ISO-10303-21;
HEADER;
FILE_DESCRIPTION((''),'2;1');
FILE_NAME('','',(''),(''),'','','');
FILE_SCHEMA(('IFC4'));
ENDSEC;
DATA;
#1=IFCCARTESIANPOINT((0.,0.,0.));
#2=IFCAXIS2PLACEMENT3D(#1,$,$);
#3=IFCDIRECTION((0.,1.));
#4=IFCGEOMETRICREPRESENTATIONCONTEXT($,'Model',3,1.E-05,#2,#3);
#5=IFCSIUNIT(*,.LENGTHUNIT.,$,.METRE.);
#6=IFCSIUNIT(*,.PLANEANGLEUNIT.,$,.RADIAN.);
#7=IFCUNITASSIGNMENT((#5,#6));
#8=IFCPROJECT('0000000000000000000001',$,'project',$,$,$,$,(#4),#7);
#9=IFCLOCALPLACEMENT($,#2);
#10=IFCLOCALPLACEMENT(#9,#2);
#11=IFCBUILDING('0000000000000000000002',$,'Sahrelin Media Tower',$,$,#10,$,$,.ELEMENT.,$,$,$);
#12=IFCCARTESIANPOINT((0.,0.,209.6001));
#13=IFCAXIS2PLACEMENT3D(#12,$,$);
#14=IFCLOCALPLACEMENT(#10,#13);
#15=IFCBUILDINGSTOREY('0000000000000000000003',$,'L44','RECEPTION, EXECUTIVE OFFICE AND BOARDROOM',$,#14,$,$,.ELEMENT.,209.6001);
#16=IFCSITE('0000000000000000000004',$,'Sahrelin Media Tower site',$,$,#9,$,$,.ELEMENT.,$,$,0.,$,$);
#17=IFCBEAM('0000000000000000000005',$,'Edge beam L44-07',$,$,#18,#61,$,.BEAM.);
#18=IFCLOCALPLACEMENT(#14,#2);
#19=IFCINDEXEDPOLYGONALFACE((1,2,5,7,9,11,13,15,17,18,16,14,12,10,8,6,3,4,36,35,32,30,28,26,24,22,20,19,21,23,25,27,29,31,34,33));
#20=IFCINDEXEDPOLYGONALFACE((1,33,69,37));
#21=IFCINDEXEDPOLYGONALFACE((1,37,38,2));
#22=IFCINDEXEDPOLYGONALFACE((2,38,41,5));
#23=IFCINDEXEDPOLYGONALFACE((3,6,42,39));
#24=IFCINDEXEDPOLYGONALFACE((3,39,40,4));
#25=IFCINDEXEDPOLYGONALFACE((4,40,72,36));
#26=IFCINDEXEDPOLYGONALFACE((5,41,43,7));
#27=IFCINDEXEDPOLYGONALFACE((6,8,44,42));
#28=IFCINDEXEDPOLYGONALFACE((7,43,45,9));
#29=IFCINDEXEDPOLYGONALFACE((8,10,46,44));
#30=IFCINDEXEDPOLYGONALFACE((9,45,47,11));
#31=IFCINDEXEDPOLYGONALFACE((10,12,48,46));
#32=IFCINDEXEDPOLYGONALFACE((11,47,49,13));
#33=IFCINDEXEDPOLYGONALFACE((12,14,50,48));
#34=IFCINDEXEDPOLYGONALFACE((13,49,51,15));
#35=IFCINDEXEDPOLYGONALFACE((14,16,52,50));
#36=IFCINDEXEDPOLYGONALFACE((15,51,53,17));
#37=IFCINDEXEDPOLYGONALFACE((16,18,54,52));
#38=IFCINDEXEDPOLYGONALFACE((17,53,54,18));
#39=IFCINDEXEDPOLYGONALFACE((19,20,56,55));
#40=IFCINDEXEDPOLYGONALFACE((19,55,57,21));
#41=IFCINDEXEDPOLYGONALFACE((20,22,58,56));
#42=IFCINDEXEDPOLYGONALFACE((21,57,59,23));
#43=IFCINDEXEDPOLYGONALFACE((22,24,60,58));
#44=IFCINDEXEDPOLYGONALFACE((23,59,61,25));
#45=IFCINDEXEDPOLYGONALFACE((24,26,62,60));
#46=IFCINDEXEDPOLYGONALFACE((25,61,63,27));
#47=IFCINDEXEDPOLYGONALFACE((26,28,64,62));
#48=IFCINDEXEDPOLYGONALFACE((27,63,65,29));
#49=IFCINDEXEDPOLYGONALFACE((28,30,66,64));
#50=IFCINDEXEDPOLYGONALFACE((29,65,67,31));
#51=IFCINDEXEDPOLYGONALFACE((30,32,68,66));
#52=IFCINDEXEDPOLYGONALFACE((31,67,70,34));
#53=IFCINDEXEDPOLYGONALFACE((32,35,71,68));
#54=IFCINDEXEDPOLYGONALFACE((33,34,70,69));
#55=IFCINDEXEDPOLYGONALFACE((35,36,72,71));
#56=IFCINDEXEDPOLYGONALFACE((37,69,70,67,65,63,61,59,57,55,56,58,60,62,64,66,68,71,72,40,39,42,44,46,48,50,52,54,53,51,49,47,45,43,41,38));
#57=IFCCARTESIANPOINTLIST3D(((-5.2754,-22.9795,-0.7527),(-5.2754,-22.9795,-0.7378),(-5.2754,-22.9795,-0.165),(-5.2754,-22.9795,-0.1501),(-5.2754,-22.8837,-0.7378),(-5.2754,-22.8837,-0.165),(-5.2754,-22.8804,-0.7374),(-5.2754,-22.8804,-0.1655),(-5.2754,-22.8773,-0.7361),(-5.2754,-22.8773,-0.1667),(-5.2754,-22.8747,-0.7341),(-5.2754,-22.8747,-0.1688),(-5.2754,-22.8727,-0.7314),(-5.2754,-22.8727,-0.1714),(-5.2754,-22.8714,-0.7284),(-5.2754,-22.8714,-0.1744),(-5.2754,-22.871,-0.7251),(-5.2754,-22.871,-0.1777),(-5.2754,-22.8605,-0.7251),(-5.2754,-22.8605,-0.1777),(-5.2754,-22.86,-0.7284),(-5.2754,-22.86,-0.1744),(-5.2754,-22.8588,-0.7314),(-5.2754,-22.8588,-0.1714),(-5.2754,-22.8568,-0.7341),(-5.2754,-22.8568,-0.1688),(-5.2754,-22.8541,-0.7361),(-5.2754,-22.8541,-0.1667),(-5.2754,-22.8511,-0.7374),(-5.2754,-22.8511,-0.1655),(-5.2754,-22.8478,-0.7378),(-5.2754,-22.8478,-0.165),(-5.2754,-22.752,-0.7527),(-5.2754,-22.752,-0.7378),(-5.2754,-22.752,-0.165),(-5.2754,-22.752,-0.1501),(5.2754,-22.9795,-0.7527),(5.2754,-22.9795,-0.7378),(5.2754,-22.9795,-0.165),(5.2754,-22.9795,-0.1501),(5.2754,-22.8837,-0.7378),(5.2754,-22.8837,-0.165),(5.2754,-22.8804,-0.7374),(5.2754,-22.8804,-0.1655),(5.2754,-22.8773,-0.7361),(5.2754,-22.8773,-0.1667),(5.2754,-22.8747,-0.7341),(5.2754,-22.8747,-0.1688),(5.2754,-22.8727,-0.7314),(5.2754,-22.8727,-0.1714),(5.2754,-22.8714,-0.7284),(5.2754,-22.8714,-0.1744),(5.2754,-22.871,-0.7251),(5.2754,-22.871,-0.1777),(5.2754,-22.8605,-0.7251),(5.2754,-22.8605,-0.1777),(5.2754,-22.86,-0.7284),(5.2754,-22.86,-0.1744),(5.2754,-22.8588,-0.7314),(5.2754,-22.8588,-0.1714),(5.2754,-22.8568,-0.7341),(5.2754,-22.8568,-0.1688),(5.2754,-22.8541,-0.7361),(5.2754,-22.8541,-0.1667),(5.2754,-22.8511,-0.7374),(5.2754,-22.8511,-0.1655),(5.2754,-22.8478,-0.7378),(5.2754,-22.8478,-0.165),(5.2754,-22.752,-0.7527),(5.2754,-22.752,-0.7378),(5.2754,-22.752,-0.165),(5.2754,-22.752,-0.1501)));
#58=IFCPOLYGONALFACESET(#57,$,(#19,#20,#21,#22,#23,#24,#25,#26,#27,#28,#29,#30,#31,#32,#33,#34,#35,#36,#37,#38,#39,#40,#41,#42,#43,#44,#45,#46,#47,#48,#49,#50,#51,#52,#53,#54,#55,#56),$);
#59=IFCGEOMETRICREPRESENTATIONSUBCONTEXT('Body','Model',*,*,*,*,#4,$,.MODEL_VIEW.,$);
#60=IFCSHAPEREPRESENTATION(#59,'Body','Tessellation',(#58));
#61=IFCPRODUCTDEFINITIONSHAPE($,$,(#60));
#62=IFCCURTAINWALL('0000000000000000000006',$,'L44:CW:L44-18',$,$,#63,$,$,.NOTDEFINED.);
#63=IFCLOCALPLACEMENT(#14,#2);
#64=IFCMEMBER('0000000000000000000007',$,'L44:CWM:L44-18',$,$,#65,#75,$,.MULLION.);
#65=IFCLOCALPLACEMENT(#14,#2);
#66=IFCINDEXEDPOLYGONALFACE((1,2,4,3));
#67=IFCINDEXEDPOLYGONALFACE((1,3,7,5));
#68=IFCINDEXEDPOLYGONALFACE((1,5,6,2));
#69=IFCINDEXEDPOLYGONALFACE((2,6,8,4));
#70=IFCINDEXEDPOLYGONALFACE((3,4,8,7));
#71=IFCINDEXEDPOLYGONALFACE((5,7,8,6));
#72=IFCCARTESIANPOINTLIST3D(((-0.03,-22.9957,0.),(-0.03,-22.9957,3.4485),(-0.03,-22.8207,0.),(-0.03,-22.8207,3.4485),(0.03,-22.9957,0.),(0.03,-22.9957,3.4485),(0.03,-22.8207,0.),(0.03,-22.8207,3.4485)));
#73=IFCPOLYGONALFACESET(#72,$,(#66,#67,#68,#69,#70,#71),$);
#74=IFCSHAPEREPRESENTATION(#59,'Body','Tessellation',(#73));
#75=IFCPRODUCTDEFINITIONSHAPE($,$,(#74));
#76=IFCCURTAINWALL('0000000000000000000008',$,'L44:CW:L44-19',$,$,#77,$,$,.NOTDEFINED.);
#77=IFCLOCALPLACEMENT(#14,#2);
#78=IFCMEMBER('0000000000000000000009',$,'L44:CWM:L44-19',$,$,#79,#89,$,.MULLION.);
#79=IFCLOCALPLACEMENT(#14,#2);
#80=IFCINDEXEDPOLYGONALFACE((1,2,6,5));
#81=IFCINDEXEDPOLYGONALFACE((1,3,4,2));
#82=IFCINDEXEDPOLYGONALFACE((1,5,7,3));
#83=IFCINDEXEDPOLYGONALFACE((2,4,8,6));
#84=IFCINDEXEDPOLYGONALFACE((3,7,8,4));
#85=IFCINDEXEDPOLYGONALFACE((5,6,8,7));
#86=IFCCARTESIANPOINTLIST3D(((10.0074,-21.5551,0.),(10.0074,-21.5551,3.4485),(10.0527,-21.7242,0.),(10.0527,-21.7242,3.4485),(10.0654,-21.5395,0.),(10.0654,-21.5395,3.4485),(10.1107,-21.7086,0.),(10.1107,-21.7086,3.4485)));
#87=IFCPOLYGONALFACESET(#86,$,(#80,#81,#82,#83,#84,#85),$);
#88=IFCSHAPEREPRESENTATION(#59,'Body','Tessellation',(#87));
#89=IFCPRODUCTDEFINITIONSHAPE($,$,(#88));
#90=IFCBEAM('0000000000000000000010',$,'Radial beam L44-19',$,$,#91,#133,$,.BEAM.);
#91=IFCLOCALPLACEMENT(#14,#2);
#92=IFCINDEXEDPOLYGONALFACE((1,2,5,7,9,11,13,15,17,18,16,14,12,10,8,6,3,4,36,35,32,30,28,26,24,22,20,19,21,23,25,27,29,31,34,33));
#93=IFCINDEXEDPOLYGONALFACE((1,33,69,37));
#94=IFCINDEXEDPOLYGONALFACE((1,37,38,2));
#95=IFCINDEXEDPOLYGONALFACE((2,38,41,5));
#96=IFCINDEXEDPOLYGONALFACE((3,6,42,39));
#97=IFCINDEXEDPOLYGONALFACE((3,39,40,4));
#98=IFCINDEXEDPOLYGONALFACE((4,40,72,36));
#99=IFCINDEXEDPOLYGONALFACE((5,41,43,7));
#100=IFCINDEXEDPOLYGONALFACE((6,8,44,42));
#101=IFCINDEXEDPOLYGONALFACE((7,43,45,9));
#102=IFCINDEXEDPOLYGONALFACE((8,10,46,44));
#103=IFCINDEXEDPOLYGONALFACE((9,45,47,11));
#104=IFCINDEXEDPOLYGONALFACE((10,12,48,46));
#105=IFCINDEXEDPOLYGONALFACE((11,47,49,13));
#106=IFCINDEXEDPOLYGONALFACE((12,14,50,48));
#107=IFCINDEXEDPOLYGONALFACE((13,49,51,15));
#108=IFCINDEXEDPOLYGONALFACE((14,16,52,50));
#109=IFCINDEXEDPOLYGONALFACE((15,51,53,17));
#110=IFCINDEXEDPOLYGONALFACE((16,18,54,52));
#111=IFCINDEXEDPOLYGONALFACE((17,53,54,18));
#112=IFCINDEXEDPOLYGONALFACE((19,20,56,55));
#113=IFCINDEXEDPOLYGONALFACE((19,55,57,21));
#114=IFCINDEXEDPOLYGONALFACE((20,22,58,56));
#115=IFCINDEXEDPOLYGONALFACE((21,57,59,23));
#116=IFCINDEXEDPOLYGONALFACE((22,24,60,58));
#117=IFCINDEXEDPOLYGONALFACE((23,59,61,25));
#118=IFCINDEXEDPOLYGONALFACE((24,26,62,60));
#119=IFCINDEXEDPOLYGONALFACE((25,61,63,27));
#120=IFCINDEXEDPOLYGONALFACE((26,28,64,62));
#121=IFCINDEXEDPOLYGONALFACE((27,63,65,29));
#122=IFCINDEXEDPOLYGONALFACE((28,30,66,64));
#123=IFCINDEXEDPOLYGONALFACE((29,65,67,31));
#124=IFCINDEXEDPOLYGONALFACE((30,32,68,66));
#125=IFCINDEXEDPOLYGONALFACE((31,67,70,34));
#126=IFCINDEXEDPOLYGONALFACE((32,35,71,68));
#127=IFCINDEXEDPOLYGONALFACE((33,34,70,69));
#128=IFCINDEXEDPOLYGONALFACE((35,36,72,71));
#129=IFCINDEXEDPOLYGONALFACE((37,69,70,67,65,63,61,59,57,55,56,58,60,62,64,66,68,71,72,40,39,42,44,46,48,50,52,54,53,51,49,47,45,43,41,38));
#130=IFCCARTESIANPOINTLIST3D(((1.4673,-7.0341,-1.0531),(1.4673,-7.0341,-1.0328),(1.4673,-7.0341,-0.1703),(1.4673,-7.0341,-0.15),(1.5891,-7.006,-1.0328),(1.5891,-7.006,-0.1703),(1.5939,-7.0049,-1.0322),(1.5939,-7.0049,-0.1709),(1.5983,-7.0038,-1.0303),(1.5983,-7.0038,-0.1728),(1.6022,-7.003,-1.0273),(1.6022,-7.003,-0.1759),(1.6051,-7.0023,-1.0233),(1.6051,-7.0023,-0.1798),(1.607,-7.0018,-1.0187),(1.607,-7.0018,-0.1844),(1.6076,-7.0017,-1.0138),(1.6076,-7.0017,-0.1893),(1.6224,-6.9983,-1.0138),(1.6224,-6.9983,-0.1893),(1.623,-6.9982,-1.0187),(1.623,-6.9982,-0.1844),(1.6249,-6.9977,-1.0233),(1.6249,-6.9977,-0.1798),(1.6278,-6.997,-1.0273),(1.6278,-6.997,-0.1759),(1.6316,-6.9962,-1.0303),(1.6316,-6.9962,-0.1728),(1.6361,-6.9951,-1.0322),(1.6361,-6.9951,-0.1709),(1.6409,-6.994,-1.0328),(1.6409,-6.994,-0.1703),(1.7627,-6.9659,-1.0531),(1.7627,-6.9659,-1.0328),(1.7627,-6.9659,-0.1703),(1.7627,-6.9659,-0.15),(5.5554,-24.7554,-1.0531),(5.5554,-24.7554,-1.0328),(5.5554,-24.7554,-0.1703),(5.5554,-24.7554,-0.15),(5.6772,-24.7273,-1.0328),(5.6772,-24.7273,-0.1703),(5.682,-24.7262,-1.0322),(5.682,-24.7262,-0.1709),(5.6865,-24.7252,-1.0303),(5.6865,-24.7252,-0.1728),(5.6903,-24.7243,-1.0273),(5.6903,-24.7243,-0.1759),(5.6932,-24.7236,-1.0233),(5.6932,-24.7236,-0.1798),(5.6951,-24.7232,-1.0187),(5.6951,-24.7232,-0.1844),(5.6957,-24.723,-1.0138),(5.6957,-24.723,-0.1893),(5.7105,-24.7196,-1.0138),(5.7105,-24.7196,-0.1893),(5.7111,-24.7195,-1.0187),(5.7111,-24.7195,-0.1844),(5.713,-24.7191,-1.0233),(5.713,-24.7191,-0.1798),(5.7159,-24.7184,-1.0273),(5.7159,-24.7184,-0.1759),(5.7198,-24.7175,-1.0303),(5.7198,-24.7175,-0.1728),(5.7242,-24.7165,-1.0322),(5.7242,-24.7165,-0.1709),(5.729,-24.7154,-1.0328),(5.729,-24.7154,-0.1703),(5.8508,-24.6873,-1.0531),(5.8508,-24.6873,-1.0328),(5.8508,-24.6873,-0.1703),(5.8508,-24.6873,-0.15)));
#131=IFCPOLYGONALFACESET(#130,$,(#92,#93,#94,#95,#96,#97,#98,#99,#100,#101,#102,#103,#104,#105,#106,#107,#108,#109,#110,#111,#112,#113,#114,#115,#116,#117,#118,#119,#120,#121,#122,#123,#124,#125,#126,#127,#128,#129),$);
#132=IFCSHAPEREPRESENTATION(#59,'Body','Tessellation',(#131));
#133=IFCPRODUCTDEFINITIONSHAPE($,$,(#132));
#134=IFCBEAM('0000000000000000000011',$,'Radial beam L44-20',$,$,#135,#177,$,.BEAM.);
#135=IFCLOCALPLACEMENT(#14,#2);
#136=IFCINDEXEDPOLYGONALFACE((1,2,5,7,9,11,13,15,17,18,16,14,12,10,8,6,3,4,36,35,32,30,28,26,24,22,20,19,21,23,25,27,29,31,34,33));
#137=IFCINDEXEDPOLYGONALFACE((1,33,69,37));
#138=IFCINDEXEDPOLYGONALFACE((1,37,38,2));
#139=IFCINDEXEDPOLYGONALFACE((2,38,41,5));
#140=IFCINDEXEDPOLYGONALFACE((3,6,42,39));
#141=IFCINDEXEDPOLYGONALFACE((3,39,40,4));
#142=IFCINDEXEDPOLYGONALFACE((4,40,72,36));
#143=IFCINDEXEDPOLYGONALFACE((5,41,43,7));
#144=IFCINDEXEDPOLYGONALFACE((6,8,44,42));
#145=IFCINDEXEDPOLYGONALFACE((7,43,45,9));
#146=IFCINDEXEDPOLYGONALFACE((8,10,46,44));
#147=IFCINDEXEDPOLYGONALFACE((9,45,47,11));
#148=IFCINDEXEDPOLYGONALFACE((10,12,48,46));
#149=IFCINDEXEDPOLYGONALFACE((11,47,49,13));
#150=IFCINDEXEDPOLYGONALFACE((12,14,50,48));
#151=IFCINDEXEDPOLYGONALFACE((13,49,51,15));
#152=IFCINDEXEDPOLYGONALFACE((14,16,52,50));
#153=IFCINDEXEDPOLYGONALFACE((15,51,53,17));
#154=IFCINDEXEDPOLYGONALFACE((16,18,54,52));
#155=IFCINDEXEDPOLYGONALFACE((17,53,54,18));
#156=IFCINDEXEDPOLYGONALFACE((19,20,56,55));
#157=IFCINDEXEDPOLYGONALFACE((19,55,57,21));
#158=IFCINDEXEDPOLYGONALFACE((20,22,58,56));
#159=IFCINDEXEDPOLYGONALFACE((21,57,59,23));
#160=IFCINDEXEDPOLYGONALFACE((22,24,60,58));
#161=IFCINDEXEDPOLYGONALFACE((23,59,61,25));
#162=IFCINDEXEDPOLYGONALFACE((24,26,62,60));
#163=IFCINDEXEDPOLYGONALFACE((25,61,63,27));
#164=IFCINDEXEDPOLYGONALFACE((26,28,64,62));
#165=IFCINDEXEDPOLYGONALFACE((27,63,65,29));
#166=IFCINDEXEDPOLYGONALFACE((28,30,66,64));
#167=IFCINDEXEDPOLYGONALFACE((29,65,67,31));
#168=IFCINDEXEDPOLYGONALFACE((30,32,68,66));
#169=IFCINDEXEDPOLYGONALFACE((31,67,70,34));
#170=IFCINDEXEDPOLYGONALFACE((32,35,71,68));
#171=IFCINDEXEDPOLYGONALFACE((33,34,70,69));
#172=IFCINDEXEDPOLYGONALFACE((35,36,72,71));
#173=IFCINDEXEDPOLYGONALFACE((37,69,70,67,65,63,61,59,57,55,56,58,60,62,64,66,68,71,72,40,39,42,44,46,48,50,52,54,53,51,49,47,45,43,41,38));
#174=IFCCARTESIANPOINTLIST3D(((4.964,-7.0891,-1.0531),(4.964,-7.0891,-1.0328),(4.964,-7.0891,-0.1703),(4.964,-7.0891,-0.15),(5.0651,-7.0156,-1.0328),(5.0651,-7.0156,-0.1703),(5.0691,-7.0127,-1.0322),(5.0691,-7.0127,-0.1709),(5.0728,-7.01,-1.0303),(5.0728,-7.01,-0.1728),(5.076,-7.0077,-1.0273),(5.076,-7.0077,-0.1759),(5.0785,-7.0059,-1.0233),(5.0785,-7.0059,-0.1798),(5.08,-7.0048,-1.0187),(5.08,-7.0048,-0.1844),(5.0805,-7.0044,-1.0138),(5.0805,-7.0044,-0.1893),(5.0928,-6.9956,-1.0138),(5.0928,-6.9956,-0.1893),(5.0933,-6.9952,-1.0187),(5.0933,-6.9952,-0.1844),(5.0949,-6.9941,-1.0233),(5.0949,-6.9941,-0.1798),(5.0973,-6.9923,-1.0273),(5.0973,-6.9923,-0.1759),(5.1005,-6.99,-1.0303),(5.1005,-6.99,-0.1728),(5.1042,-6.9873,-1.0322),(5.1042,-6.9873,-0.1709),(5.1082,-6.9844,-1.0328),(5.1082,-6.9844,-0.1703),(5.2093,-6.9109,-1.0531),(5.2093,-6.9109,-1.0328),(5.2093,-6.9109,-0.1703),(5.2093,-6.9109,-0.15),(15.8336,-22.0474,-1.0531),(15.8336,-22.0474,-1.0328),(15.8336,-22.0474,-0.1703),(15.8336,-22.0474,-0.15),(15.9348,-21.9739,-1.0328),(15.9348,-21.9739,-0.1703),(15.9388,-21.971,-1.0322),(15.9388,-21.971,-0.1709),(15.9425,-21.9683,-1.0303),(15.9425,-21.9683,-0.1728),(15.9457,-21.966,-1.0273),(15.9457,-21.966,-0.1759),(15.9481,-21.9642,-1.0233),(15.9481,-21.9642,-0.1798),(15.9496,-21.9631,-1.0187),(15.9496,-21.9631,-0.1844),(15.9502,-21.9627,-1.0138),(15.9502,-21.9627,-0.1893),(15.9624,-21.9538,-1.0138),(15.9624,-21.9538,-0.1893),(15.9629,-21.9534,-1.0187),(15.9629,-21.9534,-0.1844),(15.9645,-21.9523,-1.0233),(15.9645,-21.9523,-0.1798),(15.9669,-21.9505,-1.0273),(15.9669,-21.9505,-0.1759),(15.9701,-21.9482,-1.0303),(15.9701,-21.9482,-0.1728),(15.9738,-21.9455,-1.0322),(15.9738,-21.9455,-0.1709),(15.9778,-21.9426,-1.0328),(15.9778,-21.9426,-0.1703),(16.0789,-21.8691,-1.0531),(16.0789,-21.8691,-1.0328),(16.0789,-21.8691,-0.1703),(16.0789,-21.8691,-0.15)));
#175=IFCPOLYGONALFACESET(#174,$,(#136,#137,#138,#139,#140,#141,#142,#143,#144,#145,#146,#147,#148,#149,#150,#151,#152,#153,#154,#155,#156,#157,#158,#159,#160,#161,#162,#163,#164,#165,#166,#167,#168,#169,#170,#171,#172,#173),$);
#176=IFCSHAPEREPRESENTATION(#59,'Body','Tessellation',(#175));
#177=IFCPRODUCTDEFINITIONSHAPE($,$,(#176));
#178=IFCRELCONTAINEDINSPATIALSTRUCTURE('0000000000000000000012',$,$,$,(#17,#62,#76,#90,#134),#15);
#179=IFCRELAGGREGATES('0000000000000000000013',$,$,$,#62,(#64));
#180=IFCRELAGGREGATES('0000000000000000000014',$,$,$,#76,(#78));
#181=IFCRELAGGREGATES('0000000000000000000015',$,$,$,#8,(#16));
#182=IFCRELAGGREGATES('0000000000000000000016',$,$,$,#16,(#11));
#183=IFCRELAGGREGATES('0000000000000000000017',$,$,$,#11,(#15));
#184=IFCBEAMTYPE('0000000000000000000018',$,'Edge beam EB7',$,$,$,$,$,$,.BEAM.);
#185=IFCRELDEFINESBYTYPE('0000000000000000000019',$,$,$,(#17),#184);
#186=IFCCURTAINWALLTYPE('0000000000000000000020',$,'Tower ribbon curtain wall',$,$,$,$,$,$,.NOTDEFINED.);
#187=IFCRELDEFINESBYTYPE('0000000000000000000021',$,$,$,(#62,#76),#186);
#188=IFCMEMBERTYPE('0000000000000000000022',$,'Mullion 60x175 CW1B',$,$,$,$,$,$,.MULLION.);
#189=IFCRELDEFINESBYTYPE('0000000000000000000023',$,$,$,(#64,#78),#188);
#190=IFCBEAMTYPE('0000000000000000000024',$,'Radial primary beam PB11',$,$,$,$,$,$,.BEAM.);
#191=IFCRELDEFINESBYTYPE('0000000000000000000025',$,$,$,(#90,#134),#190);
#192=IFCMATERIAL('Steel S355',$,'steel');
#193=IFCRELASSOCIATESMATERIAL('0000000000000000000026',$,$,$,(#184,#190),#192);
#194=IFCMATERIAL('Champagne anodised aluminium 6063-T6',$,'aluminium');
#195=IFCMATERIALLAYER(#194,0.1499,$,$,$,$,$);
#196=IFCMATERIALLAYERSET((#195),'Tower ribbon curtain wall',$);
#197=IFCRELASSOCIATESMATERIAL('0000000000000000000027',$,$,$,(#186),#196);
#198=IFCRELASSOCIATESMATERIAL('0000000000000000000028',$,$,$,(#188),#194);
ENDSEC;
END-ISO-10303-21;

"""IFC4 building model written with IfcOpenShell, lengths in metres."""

from ifc_helpers import new_model, si_unit, direction, frame, origin, origin_2d, place, context, subcontext, project, spatial, rectangle, i_section, extrude, material, layer, layer_set, material_profile, profile_set, type_object, element, aggregate, save


model = new_model("IFC4")

# Units and contexts
model_context = context("Model", 3, precision=1e-05, world=origin(), true_north=direction((0.0, 1.0)))
body_context = subcontext(model_context, "Body", "Model", "MODEL_VIEW")
ifc_project = project(units=[si_unit("LENGTHUNIT", "METRE"), si_unit("PLANEANGLEUNIT", "RADIAN")], contexts=[model_context])

# Site, building, storey
site_placement = place(None, origin())
site = spatial("IfcSite", under=ifc_project, at=site_placement, Name="Sahrelin Media Tower site", CompositionType="ELEMENT", RefElevation=0.0)
building_placement = place(site_placement, origin())
building = spatial("IfcBuilding", under=site, at=building_placement, Name="Sahrelin Media Tower", CompositionType="ELEMENT")
storey_placement = place(building_placement, frame((0.0, 0.0, 209.6001)))
storey = spatial("IfcBuildingStorey", under=building, at=storey_placement, Name="L44", Description="RECEPTION, EXECUTIVE OFFICE AND BOARDROOM", CompositionType="ELEMENT", Elevation=209.6001)

# Beam
ifc_material_1 = material(Name="Steel S355", Category="steel")
ifc_material_profile_1 = material_profile(ifc_material_1, i_section(OverallWidth=0.2275, OverallDepth=0.6025, WebThickness=0.0105, FlangeThickness=0.0149, FilletRadius=0.0127, at=origin_2d()), Name="UB 610x229x101")
ifc_profile_set_1 = profile_set([ifc_material_profile_1], Name="Steel S355")
beam_type_1 = type_object("IfcBeamType", Name="Edge beam EB7", PredefinedType="BEAM", material=ifc_profile_set_1)
beam_1_placement = place(storey_placement, frame((5.2754, -22.8657, -0.4514), z_axis=(-1.0, 0.0, 0.0), x_axis=(0.0, -1.0, 0.0)))
element("IfcBeam", 1, at=beam_1_placement, inside=storey, type_object=beam_type_1, Name="Edge beam L44-07", PredefinedType="BEAM", context=body_context, shape_type="SweptSolid", body=[
    extrude(i_section(OverallWidth=0.2275, OverallDepth=0.6025, WebThickness=0.0105, FlangeThickness=0.0149, FilletRadius=0.0127, at=origin_2d()), origin(), (0.0, 0.0, 1.0), 10.5508),
])

# Curtain walls, members
ifc_material_2 = material(Name="Champagne anodised aluminium 6063-T6", Category="aluminium")
ifc_layer_1 = layer(ifc_material_2, 0.1499)
ifc_layer_set_1 = layer_set([ifc_layer_1], Name="Tower ribbon curtain wall")
curtain_wall_type = type_object("IfcCurtainWallType", Name="Tower ribbon curtain wall", PredefinedType="NOTDEFINED", material=ifc_layer_set_1)
curtain_wall_1_placement = place(storey_placement, frame((0.0, -23.0156, 0.0), z_axis=(0.0, 0.0, 1.0), x_axis=(1.0, 0.0, 0.0)))
curtain_wall_1 = element("IfcCurtainWall", 2, at=curtain_wall_1_placement, inside=storey, type_object=curtain_wall_type, Name="L44:CW:L44-18", PredefinedType="NOTDEFINED")
ifc_material_profile_2 = material_profile(ifc_material_2, rectangle(XDim=0.0601, YDim=0.175, at=origin_2d()), Name="Mullion 60x175")
ifc_profile_set_2 = profile_set([ifc_material_profile_2], Name="Champagne anodised aluminium 6063-T6")
member_type_1 = type_object("IfcMemberType", Name="Mullion 60x175 CW1B", PredefinedType="MULLION", material=ifc_profile_set_2)
member_1_placement = place(storey_placement, frame((0.0, -22.9082, 0.0), z_axis=(0.0, 0.0, 1.0), x_axis=(1.0, 0.0, 0.0)))
member_1 = element("IfcMember", 3, at=member_1_placement, type_object=member_type_1, Name="L44:CWM:L44-18", PredefinedType="MULLION", context=body_context, shape_type="SweptSolid", body=[
    extrude(rectangle(XDim=0.0601, YDim=0.175, at=origin_2d()), origin(), (0.0, 0.0, 1.0), 3.4485),
])
aggregate(curtain_wall_1, [member_1])
curtain_wall_2_placement = place(storey_placement, frame((10.0869, -21.7356, 0.0), z_axis=(0.0, 0.0, 1.0), x_axis=(1.0, 0.0, 0.0)))
curtain_wall_2 = element("IfcCurtainWall", 4, at=curtain_wall_2_placement, inside=storey, type_object=curtain_wall_type, Name="L44:CW:L44-19", PredefinedType="NOTDEFINED")
member_2_placement = place(storey_placement, frame((10.0591, -21.6318, 0.0), z_axis=(0.0, 0.0, 1.0), x_axis=(0.965928, 0.258812, 0.0)))
member_2 = element("IfcMember", 5, at=member_2_placement, type_object=member_type_1, Name="L44:CWM:L44-19", PredefinedType="MULLION", context=body_context, shape_type="SweptSolid", body=[
    extrude(rectangle(XDim=0.0601, YDim=0.175, at=origin_2d()), origin(), (0.0, 0.0, 1.0), 3.4485),
])

# Beams
ifc_material_profile_3 = material_profile(ifc_material_1, i_section(OverallWidth=0.3032, OverallDepth=0.9031, WebThickness=0.0151, FlangeThickness=0.0203, FilletRadius=0.019, at=origin_2d()), Name="UB 914x305x201")
ifc_profile_set_3 = profile_set([ifc_material_profile_3], Name="Steel S355")
beam_type_2 = type_object("IfcBeamType", Name="Radial primary beam PB11", PredefinedType="BEAM", material=ifc_profile_set_3)
beam_2_placement = place(storey_placement, frame((1.615, -7.0, -0.6016), z_axis=(0.224785, -0.974408, 0.0), x_axis=(0.974408, 0.224785, 0.0)))
element("IfcBeam", 6, at=beam_2_placement, inside=storey, type_object=beam_type_2, Name="Radial beam L44-19", PredefinedType="BEAM", context=body_context, shape_type="SweptSolid", body=[
    extrude(i_section(OverallWidth=0.3032, OverallDepth=0.9031, WebThickness=0.0151, FlangeThickness=0.0203, FilletRadius=0.019, at=origin_2d()), origin(), (0.0, 0.0, 1.0), 18.1868),
])
beam_3_placement = place(storey_placement, frame((5.0867, -7.0, -0.6016), z_axis=(0.58785, -0.80897, 0.0), x_axis=(0.80897, 0.58785, 0.0)))
element("IfcBeam", 7, at=beam_3_placement, inside=storey, type_object=beam_type_2, Name="Radial beam L44-20", PredefinedType="BEAM", context=body_context, shape_type="SweptSolid", body=[
    extrude(i_section(OverallWidth=0.3032, OverallDepth=0.9031, WebThickness=0.0151, FlangeThickness=0.0203, FilletRadius=0.019, at=origin_2d()), origin(), (0.0, 0.0, 1.0), 18.4905),
])

aggregate(curtain_wall_2, [member_2])

save(model, "model.ifc")
